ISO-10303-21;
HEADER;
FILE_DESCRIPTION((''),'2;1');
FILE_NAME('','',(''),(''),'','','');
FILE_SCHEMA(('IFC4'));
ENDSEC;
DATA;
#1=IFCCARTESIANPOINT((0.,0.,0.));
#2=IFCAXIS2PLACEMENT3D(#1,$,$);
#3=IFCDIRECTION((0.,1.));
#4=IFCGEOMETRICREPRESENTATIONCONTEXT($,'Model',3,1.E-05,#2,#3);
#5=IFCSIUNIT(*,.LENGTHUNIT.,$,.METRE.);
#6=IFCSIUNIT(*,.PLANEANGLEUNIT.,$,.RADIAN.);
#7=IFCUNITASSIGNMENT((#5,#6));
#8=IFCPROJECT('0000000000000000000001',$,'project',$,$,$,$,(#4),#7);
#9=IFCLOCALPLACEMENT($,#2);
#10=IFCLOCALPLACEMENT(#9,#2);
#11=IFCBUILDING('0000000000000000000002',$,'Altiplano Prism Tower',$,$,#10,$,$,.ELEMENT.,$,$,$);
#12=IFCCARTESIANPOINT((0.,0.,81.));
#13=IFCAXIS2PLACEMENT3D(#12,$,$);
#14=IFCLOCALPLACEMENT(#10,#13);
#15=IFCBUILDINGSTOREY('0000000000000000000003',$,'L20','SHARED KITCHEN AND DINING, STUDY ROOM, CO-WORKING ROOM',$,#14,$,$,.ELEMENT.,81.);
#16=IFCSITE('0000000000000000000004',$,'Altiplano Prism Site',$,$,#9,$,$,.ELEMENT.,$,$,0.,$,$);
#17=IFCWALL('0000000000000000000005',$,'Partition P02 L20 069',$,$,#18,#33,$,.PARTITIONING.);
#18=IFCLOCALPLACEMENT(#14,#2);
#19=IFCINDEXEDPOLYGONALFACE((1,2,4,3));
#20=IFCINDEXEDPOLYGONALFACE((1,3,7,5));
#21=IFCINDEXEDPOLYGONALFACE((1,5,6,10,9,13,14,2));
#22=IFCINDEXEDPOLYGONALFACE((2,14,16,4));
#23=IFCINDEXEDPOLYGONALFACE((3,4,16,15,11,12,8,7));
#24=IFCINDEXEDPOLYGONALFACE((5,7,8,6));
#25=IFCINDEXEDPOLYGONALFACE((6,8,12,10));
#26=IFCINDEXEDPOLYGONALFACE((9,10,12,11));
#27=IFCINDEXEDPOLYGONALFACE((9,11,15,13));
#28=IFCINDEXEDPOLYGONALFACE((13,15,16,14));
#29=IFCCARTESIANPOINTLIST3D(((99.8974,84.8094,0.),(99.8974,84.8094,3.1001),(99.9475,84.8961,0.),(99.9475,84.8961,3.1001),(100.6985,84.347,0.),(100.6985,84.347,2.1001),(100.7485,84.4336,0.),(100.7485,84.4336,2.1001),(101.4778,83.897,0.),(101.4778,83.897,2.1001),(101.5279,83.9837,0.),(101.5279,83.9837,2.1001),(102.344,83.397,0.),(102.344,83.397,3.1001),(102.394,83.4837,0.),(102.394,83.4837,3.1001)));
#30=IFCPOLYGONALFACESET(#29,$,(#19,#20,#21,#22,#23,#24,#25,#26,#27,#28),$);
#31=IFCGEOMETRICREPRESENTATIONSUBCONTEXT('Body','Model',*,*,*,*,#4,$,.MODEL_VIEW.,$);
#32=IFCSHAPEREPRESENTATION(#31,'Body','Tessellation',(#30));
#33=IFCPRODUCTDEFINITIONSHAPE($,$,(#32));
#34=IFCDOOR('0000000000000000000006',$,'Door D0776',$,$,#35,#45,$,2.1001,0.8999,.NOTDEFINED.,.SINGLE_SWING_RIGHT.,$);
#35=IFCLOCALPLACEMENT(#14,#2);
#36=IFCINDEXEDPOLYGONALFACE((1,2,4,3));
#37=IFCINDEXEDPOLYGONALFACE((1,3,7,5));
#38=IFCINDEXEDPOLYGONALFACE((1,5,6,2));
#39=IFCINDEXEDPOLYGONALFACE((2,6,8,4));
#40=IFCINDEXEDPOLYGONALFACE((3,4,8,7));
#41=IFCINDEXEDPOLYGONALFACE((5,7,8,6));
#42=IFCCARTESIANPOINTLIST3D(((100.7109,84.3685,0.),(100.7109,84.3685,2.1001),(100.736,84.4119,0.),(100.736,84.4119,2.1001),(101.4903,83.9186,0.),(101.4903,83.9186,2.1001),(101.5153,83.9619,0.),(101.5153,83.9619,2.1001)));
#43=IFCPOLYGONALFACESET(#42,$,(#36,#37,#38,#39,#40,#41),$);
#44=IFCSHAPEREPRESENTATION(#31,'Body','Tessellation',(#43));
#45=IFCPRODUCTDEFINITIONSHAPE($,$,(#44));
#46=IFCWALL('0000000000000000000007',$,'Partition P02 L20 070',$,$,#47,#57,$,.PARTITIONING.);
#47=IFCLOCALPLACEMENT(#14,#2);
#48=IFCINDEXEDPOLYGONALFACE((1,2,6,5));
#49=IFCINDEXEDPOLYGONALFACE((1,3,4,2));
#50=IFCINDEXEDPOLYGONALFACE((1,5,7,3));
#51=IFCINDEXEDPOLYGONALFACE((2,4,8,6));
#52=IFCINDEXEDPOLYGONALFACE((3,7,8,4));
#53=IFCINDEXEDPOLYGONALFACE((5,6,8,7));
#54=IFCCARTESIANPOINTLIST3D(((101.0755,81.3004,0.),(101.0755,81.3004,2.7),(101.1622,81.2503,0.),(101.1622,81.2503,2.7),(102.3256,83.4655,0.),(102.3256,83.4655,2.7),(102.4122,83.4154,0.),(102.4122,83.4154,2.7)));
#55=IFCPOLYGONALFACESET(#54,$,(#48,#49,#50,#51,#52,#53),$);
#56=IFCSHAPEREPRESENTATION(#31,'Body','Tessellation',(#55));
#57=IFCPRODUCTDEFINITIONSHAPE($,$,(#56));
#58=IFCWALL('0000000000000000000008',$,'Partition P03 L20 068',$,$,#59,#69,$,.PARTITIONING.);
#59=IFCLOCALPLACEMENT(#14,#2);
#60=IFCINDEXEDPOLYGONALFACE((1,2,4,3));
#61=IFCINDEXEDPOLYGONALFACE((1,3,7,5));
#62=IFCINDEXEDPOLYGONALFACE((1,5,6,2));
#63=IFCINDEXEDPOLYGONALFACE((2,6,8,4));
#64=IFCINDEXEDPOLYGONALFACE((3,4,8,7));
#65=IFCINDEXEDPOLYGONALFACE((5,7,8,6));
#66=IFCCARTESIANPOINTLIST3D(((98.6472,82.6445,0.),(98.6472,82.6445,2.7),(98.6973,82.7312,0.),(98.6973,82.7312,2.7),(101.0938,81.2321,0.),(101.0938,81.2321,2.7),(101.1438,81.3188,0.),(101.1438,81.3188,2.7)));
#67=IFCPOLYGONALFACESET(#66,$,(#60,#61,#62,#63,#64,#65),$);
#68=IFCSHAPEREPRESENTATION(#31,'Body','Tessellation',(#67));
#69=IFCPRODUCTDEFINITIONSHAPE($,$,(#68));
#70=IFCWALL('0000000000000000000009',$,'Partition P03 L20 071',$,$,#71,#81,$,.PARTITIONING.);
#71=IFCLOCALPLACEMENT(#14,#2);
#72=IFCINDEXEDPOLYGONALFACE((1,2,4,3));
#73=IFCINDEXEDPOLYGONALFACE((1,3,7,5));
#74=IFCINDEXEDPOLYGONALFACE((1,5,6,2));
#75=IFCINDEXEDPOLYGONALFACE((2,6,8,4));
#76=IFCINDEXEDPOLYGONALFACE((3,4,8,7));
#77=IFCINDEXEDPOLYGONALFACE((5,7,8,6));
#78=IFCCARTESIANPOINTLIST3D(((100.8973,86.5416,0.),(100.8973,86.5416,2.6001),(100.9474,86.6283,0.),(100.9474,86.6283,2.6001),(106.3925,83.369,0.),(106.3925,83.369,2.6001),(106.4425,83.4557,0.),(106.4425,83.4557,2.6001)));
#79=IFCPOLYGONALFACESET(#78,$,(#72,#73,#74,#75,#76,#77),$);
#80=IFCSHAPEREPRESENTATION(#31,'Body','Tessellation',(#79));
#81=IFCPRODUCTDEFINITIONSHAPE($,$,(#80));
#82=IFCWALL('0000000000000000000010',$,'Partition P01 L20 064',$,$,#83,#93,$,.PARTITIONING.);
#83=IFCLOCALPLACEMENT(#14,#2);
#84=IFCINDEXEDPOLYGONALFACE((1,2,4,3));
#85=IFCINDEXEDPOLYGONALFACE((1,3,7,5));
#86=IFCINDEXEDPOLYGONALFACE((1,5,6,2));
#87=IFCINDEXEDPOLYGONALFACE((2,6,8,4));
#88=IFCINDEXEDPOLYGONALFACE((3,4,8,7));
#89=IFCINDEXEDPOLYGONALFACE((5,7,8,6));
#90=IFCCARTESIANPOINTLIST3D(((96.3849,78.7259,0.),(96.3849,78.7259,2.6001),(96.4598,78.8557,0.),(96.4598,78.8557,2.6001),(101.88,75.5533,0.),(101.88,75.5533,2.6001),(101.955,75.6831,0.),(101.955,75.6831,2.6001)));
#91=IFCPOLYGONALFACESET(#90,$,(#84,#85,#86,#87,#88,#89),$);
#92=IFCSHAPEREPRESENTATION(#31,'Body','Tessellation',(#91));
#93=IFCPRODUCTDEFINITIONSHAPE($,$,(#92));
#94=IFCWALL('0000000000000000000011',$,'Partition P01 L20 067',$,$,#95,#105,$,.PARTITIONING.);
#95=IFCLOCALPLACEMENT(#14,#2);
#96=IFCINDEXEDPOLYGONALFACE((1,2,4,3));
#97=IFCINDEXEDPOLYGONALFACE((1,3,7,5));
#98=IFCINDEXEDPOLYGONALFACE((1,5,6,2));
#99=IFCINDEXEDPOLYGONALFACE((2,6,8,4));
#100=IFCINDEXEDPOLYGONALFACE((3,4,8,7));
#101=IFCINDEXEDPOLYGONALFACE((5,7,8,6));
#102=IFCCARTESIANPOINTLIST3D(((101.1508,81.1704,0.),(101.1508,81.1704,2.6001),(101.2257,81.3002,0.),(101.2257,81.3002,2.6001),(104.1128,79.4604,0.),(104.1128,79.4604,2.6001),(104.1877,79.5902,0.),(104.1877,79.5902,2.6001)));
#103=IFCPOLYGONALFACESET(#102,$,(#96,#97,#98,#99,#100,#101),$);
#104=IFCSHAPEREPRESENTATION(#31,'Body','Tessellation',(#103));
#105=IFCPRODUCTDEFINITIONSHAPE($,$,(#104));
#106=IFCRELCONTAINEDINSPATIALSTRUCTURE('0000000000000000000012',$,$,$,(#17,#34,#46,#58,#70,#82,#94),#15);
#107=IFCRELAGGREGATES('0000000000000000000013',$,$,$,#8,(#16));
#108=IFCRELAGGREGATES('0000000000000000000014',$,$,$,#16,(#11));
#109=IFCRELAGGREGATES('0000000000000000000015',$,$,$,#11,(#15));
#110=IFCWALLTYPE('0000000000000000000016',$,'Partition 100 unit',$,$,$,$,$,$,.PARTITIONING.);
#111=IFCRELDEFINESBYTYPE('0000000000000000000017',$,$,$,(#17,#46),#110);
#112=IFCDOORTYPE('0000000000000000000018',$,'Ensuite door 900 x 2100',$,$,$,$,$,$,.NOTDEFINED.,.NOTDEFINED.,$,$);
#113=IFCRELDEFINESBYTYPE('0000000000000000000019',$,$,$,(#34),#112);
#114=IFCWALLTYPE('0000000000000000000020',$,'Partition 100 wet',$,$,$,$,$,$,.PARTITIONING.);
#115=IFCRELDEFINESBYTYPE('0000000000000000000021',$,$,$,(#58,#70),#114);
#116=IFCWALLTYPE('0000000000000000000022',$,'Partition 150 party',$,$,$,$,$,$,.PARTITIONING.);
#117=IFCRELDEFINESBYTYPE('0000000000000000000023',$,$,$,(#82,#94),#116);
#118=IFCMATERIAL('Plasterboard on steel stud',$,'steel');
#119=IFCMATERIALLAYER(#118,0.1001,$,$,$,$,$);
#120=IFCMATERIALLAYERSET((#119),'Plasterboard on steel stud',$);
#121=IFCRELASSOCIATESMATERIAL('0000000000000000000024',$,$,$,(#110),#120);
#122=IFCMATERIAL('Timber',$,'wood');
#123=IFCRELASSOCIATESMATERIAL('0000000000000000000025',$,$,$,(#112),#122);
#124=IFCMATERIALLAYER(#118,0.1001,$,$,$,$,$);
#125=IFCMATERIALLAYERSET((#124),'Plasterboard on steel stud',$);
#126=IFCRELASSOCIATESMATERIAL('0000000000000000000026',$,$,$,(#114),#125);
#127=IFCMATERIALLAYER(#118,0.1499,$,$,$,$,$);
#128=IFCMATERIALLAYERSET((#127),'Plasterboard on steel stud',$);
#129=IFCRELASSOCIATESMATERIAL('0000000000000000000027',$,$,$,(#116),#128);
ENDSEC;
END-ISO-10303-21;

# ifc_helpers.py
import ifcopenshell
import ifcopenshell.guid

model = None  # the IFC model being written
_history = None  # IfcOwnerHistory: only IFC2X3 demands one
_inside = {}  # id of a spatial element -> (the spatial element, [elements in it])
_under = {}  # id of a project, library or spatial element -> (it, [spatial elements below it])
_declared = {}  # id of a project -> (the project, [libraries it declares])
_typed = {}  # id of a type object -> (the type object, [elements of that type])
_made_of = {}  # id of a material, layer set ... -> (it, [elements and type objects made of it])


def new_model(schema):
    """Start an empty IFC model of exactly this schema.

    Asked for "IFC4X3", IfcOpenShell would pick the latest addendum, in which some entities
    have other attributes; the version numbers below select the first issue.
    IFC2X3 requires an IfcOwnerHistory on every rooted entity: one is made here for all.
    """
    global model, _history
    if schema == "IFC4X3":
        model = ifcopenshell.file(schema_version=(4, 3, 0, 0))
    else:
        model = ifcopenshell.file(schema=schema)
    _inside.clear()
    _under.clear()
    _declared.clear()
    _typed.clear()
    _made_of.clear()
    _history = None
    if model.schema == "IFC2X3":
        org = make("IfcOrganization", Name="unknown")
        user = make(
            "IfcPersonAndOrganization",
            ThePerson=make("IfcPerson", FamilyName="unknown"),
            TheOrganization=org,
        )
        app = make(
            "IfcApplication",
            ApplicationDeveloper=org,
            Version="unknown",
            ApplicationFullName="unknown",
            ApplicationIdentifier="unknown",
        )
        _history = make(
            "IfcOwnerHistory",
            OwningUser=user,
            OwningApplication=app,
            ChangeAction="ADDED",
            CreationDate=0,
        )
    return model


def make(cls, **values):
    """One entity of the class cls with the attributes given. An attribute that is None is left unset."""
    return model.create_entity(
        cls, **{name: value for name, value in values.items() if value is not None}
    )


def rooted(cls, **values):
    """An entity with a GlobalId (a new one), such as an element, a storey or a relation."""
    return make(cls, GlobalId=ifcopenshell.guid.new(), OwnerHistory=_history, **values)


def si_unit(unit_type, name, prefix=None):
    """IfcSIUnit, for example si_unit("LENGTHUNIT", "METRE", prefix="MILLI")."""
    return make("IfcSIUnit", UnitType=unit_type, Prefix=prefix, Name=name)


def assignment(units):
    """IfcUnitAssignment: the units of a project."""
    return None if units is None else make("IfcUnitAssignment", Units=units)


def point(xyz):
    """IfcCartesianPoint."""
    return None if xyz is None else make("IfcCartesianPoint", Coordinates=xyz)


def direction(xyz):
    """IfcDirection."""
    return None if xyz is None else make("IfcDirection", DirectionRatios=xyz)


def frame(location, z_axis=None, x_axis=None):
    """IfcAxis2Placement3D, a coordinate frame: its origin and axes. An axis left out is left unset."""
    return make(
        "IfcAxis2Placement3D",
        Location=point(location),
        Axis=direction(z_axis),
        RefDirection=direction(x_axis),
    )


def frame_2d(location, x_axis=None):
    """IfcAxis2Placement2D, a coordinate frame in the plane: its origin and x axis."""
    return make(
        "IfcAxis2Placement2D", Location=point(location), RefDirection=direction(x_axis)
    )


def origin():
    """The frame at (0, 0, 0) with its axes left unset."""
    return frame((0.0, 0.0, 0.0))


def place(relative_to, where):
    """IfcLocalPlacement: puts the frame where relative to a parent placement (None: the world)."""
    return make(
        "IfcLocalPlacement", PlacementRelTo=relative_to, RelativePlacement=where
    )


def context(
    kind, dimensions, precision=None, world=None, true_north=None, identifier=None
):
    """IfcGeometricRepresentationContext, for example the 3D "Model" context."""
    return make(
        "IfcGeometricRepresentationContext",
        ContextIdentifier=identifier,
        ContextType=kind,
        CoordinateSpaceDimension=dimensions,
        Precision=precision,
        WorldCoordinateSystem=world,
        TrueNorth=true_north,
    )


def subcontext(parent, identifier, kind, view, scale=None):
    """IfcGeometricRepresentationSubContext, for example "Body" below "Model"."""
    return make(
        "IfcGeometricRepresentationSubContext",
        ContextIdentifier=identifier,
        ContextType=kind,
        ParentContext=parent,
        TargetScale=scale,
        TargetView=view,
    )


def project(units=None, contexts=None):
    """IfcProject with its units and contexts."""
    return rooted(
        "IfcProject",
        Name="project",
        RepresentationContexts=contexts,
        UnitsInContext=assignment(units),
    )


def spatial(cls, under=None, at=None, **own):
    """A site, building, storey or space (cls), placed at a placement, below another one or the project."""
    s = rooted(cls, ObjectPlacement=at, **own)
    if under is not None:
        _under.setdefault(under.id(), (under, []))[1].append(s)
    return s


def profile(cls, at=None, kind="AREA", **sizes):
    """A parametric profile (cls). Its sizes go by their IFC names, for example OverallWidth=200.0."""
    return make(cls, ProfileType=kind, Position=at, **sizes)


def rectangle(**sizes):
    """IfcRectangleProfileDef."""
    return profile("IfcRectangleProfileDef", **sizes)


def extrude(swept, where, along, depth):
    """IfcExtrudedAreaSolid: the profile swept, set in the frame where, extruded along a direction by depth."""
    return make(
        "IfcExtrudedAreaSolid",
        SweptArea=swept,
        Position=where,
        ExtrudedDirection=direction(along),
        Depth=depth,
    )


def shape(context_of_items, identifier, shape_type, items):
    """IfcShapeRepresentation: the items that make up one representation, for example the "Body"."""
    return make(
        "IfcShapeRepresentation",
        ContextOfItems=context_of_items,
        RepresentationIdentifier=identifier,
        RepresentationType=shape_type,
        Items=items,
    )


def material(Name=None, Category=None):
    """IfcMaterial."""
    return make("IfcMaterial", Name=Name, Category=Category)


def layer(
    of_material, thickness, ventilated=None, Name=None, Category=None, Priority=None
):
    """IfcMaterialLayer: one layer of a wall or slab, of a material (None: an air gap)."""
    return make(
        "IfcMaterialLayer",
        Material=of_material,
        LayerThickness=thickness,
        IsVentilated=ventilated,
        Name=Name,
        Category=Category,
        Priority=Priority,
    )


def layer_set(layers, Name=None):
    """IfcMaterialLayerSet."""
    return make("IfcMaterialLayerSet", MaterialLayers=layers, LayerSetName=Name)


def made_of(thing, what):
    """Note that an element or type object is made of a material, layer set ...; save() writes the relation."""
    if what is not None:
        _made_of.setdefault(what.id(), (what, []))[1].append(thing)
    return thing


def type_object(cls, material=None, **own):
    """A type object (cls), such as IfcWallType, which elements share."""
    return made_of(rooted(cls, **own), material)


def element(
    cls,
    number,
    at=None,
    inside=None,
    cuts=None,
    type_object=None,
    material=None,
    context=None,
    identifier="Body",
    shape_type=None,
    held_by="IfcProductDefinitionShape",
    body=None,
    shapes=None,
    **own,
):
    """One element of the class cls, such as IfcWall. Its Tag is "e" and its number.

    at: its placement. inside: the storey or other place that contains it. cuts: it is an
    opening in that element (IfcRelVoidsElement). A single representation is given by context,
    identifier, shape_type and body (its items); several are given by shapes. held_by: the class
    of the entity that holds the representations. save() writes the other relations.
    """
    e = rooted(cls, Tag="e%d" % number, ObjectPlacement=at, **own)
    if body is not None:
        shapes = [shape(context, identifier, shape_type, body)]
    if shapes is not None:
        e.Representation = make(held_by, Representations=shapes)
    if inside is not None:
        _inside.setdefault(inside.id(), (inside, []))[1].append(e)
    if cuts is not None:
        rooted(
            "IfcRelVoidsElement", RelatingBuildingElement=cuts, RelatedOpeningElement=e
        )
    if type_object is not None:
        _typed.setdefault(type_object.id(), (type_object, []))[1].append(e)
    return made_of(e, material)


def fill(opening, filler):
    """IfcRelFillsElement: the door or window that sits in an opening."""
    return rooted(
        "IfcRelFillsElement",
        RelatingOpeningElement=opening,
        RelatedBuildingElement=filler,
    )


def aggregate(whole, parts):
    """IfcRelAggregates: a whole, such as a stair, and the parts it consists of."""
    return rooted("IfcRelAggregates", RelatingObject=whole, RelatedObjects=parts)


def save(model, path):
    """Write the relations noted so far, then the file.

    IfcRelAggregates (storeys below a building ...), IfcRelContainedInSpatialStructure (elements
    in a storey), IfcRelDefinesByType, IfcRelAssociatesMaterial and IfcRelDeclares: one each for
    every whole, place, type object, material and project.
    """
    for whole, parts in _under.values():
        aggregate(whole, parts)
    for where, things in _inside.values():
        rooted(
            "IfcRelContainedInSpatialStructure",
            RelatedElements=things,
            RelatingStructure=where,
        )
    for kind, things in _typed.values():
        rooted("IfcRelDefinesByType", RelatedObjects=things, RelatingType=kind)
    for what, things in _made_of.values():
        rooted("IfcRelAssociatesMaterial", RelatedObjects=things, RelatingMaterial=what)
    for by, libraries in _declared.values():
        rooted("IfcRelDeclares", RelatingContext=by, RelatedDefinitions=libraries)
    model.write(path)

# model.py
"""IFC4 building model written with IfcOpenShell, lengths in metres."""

from ifc_helpers import new_model, si_unit, direction, frame, frame_2d, origin, place, context, subcontext, project, spatial, rectangle, extrude, material, layer, layer_set, type_object, element, fill, save


model = new_model("IFC4")

# Units and contexts
model_context = context("Model", 3, precision=1e-05, world=origin(), true_north=direction((0.0, 1.0)))
body_context = subcontext(model_context, "Body", "Model", "MODEL_VIEW")
ifc_project = project(units=[si_unit("LENGTHUNIT", "METRE"), si_unit("PLANEANGLEUNIT", "RADIAN")], contexts=[model_context])

# Site, building, storey
site_placement = place(None, origin())
site = spatial("IfcSite", under=ifc_project, at=site_placement, Name="Altiplano Prism Site", CompositionType="ELEMENT", RefElevation=0.0)
building_placement = place(site_placement, origin())
building = spatial("IfcBuilding", under=site, at=building_placement, Name="Altiplano Prism Tower", CompositionType="ELEMENT")
storey_placement = place(building_placement, frame((0.0, 0.0, 81.0)))
storey = spatial("IfcBuildingStorey", under=building, at=storey_placement, Name="L20", Description="SHARED KITCHEN AND DINING, STUDY ROOM, CO-WORKING ROOM", CompositionType="ELEMENT", Elevation=81.0)

# Shared definitions
ifc_material_1 = material(Name="Plasterboard on steel stud", Category="steel")
ifc_layer_1 = layer(ifc_material_1, 0.1001)
ifc_layer_set_1 = layer_set([ifc_layer_1], Name="Plasterboard on steel stud")
wall_type_1 = type_object("IfcWallType", Name="Partition 100 unit", PredefinedType="PARTITIONING", material=ifc_layer_set_1)

# Wall, opening, door
wall_1_placement = place(storey_placement, frame((99.9224, 84.8528, 0.0), z_axis=(0.0, 0.0, 1.0), x_axis=(0.866049, -0.499959, 0.0)))
wall_1 = element("IfcWall", 1, at=wall_1_placement, inside=storey, type_object=wall_type_1, Name="Partition P02 L20 069", PredefinedType="PARTITIONING", context=body_context, shape_type="SweptSolid", body=[
    extrude(rectangle(XDim=2.825, YDim=0.1001, at=frame_2d((1.4126, 0.0))), origin(), (0.0, 0.0, 1.0), 3.1001),
])
opening_placement = place(wall_1_placement, frame((0.925, 0.0, 0.0)))
opening = element("IfcOpeningElement", 2, at=opening_placement, cuts=wall_1, PredefinedType="OPENING", context=body_context, shape_type="SweptSolid", body=[
    extrude(rectangle(XDim=0.8999, YDim=2.1001, at=frame_2d((0.45, 1.05))), frame((0.0, 0.0605, 0.0), z_axis=(0.0, -1.0, 0.0), x_axis=(1.0, 0.0, 0.0)), (0.0, 0.0, 1.0), 0.1211),
])
ifc_material_2 = material(Name="Timber", Category="wood")
door_type = type_object("IfcDoorType", Name="Ensuite door 900 x 2100", OperationType="NOTDEFINED", PredefinedType="NOTDEFINED", material=ifc_material_2)
door_placement = place(opening_placement, origin())
door = element("IfcDoor", 3, at=door_placement, inside=storey, type_object=door_type, Name="Door D0776", OperationType="SINGLE_SWING_RIGHT", OverallHeight=2.1001, OverallWidth=0.8999, PredefinedType="NOTDEFINED", context=body_context, shape_type="SweptSolid", body=[
    extrude(rectangle(XDim=0.8999, YDim=2.1001, at=frame_2d((0.45, 1.05))), frame((0.0, 0.0249, 0.0), z_axis=(0.0, -1.0, 0.0), x_axis=(1.0, 0.0, 0.0)), (0.0, 0.0, 1.0), 0.05),
])
fill(opening, door)

# Walls
wall_2_placement = place(storey_placement, frame((102.3689, 83.4404, 0.0), z_axis=(0.0, 0.0, 1.0), x_axis=(-0.500004, -0.866023, 0.0)))
element("IfcWall", 4, at=wall_2_placement, inside=storey, type_object=wall_type_1, Name="Partition P02 L20 070", PredefinedType="PARTITIONING", context=body_context, shape_type="SweptSolid", body=[
    extrude(rectangle(XDim=2.5, YDim=0.1001, at=frame_2d((1.25, 0.0))), origin(), (0.0, 0.0, 1.0), 2.7),
])
ifc_layer_2 = layer(ifc_material_1, 0.1001)
ifc_layer_set_2 = layer_set([ifc_layer_2], Name="Plasterboard on steel stud")
wall_type_2 = type_object("IfcWallType", Name="Partition 100 wet", PredefinedType="PARTITIONING", material=ifc_layer_set_2)
wall_3_placement = place(storey_placement, frame((101.1189, 81.2754, 0.0), z_axis=(0.0, 0.0, 1.0), x_axis=(-0.866049, 0.499959, 0.0)))
element("IfcWall", 5, at=wall_3_placement, inside=storey, type_object=wall_type_2, Name="Partition P03 L20 068", PredefinedType="PARTITIONING", context=body_context, shape_type="SweptSolid", body=[
    extrude(rectangle(XDim=2.825, YDim=0.1001, at=frame_2d((1.4126, 0.0))), origin(), (0.0, 0.0, 1.0), 2.7),
])
wall_4_placement = place(storey_placement, frame((106.4175, 83.4124, 0.0), z_axis=(0.0, 0.0, 1.0), x_axis=(-0.866025, 0.5, 0.0)))
element("IfcWall", 6, at=wall_4_placement, inside=storey, type_object=wall_type_2, Name="Partition P03 L20 071", PredefinedType="PARTITIONING", context=body_context, shape_type="SweptSolid", body=[
    extrude(rectangle(XDim=6.3452, YDim=0.1001, at=frame_2d((3.1726, 0.0))), origin(), (0.0, 0.0, 1.0), 2.6001),
])
ifc_layer_3 = layer(ifc_material_1, 0.1499)
ifc_layer_set_3 = layer_set([ifc_layer_3], Name="Plasterboard on steel stud")
wall_type_3 = type_object("IfcWallType", Name="Partition 150 party", PredefinedType="PARTITIONING", material=ifc_layer_set_3)
wall_5_placement = place(storey_placement, frame((101.9175, 75.6182, 0.0), z_axis=(0.0, 0.0, 1.0), x_axis=(-0.866025, 0.5, 0.0)))
element("IfcWall", 7, at=wall_5_placement, inside=storey, type_object=wall_type_3, Name="Partition P01 L20 064", PredefinedType="PARTITIONING", context=body_context, shape_type="SweptSolid", body=[
    extrude(rectangle(XDim=6.3452, YDim=0.1499, at=frame_2d((3.1726, 0.0))), origin(), (0.0, 0.0, 1.0), 2.6001),
])
wall_6_placement = place(storey_placement, frame((104.1501, 79.5254, 0.0), z_axis=(0.0, 0.0, 1.0), x_axis=(-0.866038, 0.499978, 0.0)))
element("IfcWall", 8, at=wall_6_placement, inside=storey, type_object=wall_type_3, Name="Partition P01 L20 067", PredefinedType="PARTITIONING", context=body_context, shape_type="SweptSolid", body=[
    extrude(rectangle(XDim=3.4202, YDim=0.1499, at=frame_2d((1.71, 0.0))), origin(), (0.0, 0.0, 1.0), 2.6001),
])

save(model, "model.ifc")
